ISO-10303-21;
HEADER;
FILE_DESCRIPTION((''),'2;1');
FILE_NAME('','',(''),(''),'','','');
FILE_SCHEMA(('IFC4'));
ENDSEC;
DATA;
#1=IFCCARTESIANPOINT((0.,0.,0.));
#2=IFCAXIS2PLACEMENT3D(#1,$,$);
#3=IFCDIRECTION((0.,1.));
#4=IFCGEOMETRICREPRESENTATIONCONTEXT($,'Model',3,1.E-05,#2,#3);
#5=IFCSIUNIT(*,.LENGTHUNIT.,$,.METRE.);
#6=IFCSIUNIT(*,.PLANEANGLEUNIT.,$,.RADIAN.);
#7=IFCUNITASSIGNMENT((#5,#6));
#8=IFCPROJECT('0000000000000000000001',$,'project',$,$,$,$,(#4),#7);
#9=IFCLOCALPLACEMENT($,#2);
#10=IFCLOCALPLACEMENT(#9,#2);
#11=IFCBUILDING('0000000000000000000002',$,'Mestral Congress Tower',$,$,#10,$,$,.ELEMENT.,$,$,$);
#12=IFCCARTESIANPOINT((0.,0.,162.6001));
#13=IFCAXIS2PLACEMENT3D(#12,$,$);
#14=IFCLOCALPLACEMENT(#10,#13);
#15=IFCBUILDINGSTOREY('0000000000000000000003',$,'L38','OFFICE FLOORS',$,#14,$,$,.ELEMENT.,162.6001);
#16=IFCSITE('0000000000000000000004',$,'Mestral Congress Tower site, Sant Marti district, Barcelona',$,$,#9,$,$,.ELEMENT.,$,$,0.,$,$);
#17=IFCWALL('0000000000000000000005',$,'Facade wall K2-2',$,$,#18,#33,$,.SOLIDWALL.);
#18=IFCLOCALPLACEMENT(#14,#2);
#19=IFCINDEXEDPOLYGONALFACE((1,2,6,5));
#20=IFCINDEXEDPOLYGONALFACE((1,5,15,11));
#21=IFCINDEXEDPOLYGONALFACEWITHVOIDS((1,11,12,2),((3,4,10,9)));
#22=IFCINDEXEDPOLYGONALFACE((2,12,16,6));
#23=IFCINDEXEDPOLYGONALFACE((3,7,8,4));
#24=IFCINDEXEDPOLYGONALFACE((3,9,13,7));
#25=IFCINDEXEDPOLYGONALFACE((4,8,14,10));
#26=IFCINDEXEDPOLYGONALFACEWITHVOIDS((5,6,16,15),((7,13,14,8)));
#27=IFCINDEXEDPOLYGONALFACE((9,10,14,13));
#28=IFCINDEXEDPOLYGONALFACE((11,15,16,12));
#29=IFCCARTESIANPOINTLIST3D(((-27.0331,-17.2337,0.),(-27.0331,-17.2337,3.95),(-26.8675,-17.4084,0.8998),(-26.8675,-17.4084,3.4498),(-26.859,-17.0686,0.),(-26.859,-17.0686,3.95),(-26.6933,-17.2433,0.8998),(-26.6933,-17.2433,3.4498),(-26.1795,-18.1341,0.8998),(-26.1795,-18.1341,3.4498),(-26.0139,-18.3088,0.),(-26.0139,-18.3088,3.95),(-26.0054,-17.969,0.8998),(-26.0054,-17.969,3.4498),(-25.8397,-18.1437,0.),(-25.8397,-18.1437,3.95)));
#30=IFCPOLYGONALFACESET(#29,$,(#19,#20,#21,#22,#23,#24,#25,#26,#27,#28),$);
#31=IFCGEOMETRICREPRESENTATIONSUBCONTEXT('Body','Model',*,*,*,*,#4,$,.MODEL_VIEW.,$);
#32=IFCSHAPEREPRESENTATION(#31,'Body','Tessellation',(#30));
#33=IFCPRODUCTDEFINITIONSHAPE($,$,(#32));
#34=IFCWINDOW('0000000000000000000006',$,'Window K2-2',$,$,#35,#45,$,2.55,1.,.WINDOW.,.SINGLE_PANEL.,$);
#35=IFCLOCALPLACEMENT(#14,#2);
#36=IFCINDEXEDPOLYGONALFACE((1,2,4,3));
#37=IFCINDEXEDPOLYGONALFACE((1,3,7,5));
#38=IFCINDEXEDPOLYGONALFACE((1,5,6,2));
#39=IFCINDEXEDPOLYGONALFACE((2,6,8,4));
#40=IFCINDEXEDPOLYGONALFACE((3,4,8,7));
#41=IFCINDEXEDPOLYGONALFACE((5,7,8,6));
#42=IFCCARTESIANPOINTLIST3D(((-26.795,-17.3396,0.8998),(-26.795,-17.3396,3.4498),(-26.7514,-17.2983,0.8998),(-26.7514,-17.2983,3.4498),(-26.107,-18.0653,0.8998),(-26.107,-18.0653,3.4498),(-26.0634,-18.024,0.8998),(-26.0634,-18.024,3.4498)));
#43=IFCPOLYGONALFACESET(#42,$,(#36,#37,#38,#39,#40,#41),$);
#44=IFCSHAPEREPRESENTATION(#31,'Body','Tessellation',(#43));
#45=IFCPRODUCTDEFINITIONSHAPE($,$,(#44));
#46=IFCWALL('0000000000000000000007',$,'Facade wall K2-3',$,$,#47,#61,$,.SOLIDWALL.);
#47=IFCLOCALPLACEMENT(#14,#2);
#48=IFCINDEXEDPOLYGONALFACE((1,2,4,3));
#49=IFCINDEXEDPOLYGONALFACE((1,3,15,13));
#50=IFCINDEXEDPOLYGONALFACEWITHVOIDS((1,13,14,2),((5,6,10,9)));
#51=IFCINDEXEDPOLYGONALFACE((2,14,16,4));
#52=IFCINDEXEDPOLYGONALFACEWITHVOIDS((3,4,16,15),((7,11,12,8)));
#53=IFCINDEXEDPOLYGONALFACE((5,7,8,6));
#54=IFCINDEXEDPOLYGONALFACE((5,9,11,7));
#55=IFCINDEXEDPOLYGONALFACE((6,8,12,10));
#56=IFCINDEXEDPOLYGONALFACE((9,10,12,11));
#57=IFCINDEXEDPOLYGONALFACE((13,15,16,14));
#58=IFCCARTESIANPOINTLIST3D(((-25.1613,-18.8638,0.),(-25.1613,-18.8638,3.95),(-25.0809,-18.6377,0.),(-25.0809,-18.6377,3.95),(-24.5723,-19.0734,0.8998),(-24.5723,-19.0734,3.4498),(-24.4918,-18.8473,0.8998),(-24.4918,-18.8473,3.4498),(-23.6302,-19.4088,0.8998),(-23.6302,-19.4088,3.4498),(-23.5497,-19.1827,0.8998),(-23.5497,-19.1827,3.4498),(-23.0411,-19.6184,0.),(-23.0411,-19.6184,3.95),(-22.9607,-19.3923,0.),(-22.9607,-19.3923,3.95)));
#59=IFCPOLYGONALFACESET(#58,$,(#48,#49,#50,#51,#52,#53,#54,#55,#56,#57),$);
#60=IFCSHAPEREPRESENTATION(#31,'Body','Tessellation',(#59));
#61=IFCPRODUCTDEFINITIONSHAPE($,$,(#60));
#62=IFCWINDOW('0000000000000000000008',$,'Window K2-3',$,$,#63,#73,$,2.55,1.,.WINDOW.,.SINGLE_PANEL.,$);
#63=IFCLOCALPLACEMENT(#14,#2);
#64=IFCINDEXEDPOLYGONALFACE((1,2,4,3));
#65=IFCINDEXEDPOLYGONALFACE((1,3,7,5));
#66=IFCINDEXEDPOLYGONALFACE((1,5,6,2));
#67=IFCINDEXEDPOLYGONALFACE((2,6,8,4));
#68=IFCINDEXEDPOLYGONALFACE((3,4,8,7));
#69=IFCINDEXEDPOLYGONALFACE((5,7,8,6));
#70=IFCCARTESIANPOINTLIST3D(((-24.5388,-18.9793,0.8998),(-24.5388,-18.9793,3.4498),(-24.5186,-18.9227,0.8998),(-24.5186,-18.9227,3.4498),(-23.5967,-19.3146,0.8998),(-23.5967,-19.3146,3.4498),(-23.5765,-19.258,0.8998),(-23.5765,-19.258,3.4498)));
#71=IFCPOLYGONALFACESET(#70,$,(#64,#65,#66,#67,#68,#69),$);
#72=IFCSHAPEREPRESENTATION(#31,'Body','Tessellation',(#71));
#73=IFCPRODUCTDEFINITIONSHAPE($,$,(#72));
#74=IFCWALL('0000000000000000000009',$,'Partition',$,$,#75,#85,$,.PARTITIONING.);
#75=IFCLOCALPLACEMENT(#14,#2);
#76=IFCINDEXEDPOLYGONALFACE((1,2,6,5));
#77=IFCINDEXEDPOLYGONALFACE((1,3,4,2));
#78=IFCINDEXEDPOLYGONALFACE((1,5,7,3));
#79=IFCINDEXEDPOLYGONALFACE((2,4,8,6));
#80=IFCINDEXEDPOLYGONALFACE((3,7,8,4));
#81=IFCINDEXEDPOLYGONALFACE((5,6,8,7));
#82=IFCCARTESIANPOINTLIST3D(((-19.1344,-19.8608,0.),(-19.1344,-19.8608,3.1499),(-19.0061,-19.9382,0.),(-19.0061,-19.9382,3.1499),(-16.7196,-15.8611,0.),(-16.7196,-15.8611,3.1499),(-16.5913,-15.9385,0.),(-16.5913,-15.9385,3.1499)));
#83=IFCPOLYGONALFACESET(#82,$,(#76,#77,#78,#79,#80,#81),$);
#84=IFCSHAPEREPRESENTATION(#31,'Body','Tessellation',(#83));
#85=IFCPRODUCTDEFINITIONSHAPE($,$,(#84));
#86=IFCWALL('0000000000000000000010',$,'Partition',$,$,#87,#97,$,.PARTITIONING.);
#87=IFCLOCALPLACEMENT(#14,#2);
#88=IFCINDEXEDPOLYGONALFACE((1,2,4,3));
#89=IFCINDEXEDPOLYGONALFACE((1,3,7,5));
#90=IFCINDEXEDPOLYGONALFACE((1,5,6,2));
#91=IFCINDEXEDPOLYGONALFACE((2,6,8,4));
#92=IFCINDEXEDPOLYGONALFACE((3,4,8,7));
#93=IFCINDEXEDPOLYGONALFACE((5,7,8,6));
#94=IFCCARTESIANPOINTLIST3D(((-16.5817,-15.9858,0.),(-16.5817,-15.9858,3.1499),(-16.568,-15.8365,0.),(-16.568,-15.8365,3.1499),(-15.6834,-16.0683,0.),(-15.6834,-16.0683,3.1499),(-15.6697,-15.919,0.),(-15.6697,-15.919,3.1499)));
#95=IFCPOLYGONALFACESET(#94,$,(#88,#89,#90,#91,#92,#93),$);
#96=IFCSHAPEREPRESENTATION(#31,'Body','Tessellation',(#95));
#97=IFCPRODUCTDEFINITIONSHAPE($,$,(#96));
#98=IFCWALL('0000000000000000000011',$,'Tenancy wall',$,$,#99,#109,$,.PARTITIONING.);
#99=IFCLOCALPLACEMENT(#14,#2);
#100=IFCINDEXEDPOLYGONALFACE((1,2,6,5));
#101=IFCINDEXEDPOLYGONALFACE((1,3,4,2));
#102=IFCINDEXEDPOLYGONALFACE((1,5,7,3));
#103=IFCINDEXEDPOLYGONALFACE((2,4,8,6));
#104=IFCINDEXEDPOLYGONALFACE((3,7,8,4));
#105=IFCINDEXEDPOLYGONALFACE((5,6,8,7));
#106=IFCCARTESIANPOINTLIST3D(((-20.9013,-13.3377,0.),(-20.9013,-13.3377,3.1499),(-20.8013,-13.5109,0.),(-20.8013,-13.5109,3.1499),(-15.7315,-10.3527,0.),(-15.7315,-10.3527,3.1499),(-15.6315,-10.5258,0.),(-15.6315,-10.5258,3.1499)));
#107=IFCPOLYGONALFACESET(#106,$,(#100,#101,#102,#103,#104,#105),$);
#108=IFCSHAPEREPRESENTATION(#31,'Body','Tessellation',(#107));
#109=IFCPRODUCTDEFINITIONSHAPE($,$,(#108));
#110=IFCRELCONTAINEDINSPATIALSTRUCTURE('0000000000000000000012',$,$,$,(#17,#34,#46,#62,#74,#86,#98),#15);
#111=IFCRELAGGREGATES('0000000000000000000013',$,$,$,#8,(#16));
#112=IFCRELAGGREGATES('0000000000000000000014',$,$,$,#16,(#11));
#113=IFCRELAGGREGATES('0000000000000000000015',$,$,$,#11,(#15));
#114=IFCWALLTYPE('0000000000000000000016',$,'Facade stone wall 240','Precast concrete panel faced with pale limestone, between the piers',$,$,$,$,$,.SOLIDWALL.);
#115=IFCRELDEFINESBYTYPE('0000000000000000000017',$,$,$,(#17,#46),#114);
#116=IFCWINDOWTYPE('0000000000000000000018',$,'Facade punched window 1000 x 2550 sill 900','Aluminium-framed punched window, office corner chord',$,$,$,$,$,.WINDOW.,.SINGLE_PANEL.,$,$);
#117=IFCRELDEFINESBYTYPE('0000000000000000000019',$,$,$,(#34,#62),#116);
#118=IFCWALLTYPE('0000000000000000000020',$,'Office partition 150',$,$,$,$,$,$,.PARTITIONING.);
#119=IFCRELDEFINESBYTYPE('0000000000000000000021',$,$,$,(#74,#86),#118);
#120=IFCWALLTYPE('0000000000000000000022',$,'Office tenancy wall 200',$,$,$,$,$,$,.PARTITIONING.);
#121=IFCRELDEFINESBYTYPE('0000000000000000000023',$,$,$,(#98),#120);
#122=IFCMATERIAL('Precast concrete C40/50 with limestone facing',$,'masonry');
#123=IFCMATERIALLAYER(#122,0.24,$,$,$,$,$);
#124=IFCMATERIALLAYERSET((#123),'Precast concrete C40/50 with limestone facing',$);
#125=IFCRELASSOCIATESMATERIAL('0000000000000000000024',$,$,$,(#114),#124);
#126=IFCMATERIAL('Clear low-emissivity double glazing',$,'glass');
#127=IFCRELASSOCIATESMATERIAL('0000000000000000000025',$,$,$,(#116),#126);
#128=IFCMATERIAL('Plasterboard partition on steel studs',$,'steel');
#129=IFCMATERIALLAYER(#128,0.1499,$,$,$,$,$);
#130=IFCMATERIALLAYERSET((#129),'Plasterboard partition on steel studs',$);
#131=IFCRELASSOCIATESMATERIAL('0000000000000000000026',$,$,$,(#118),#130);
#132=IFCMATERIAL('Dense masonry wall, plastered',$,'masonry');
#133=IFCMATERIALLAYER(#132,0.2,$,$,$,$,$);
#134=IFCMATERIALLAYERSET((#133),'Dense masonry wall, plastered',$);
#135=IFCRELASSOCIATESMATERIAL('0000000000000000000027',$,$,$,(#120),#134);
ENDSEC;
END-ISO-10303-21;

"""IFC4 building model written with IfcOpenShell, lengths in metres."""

from ifc_helpers import new_model, si_unit, direction, frame, frame_2d, origin, place, context, subcontext, project, spatial, rectangle, extrude, material, layer, layer_set, type_object, element, fill, save


model = new_model("IFC4")

# Units and contexts
model_context = context("Model", 3, precision=1e-05, world=origin(), true_north=direction((0.0, 1.0)))
body_context = subcontext(model_context, "Body", "Model", "MODEL_VIEW")
ifc_project = project(units=[si_unit("LENGTHUNIT", "METRE"), si_unit("PLANEANGLEUNIT", "RADIAN")], contexts=[model_context])

# Site, building, storey
site_placement = place(None, origin())
site = spatial("IfcSite", under=ifc_project, at=site_placement, Name="Mestral Congress Tower site, Sant Marti district, Barcelona", CompositionType="ELEMENT", RefElevation=0.0)
building_placement = place(site_placement, origin())
building = spatial("IfcBuilding", under=site, at=building_placement, Name="Mestral Congress Tower", CompositionType="ELEMENT")
storey_placement = place(building_placement, frame((0.0, 0.0, 162.6001)))
storey = spatial("IfcBuildingStorey", under=building, at=storey_placement, Name="L38", Description="OFFICE FLOORS", CompositionType="ELEMENT", Elevation=162.6001)

# Shared definitions
ifc_material_1 = material(Name="Precast concrete C40/50 with limestone facing", Category="masonry")
ifc_layer_1 = layer(ifc_material_1, 0.24)
ifc_layer_set_1 = layer_set([ifc_layer_1], Name="Precast concrete C40/50 with limestone facing")
wall_type_1 = type_object("IfcWallType", Name="Facade stone wall 240", Description="Precast concrete panel faced with pale limestone, between the piers", PredefinedType="SOLIDWALL", material=ifc_layer_set_1)
ifc_material_2 = material(Name="Clear low-emissivity double glazing", Category="glass")

# Walls, openings, windows
wall_1_placement = place(storey_placement, frame((-26.946, -17.1511, 0.0), z_axis=(0.0, 0.0, 1.0), x_axis=(0.687987, -0.725723, 0.0)))
wall_1 = element("IfcWall", 1, at=wall_1_placement, inside=storey, type_object=wall_type_1, Name="Facade wall K2-2", PredefinedType="SOLIDWALL", context=body_context, shape_type="SweptSolid", body=[
    extrude(rectangle(XDim=1.4814, YDim=0.24, at=frame_2d((0.7407, 0.0))), origin(), (0.0, 0.0, 1.0), 3.95),
])
opening_1_placement = place(wall_1_placement, frame((0.2407, 0.0, 0.8999)))
opening_1 = element("IfcOpeningElement", 2, at=opening_1_placement, cuts=wall_1, PredefinedType="OPENING", context=body_context, shape_type="SweptSolid", body=[
    extrude(rectangle(XDim=1.0, YDim=2.55, at=frame_2d((0.5, 1.2749))), frame((0.0, 0.1299, 0.0), z_axis=(0.0, -1.0, 0.0), x_axis=(1.0, 0.0, 0.0)), (0.0, 0.0, 1.0), 0.26),
])
window_type_1 = type_object("IfcWindowType", Name="Facade punched window 1000 x 2550 sill 900", Description="Aluminium-framed punched window, office corner chord", PartitioningType="SINGLE_PANEL", PredefinedType="WINDOW", material=ifc_material_2)
window_1_placement = place(opening_1_placement, origin())
window_1 = element("IfcWindow", 3, at=window_1_placement, inside=storey, type_object=window_type_1, Name="Window K2-2", OverallHeight=2.55, OverallWidth=1.0, PartitioningType="SINGLE_PANEL", PredefinedType="WINDOW", context=body_context, shape_type="SweptSolid", body=[
    extrude(rectangle(XDim=1.0, YDim=2.55, at=frame_2d((0.5, 1.2749))), frame((0.0, 0.04, 0.0), z_axis=(0.0, -1.0, 0.0), x_axis=(1.0, 0.0, 0.0)), (0.0, 0.0, 1.0), 0.0601),
])
fill(opening_1, window_1)
wall_2_placement = place(storey_placement, frame((-25.1211, -18.7507, 0.0), z_axis=(0.0, 0.0, 1.0), x_axis=(0.9421, -0.335333, 0.0)))
wall_2 = element("IfcWall", 4, at=wall_2_placement, inside=storey, type_object=wall_type_1, Name="Facade wall K2-3", PredefinedType="SOLIDWALL", context=body_context, shape_type="SweptSolid", body=[
    extrude(rectangle(XDim=2.2505, YDim=0.24, at=frame_2d((1.1252, 0.0))), origin(), (0.0, 0.0, 1.0), 3.95),
])
opening_2_placement = place(wall_2_placement, frame((0.6252, 0.0, 0.8999)))
opening_2 = element("IfcOpeningElement", 5, at=opening_2_placement, cuts=wall_2, PredefinedType="OPENING", context=body_context, shape_type="SweptSolid", body=[
    extrude(rectangle(XDim=1.0, YDim=2.55, at=frame_2d((0.5, 1.2749))), frame((0.0, 0.1299, 0.0), z_axis=(0.0, -1.0, 0.0), x_axis=(1.0, 0.0, 0.0)), (0.0, 0.0, 1.0), 0.26),
])
window_2_placement = place(opening_2_placement, origin())
window_2 = element("IfcWindow", 6, at=window_2_placement, inside=storey, type_object=window_type_1, Name="Window K2-3", OverallHeight=2.55, OverallWidth=1.0, PartitioningType="SINGLE_PANEL", PredefinedType="WINDOW", context=body_context, shape_type="SweptSolid", body=[
    extrude(rectangle(XDim=1.0, YDim=2.55, at=frame_2d((0.5, 1.2749))), frame((0.0, 0.04, 0.0), z_axis=(0.0, -1.0, 0.0), x_axis=(1.0, 0.0, 0.0)), (0.0, 0.0, 1.0), 0.0601),
])
fill(opening_2, window_2)

# Walls
ifc_material_3 = material(Name="Plasterboard partition on steel studs", Category="steel")
ifc_layer_2 = layer(ifc_material_3, 0.1499)
ifc_layer_set_2 = layer_set([ifc_layer_2], Name="Plasterboard partition on steel studs")
wall_type_2 = type_object("IfcWallType", Name="Office partition 150", PredefinedType="PARTITIONING", material=ifc_layer_set_2)
wall_3_placement = place(storey_placement, frame((-16.6555, -15.8999, 0.0), z_axis=(0.0, 0.0, 1.0), x_axis=(-0.516845, -0.856079, 0.0)))
element("IfcWall", 7, at=wall_3_placement, inside=storey, type_object=wall_type_2, Name="Partition", PredefinedType="PARTITIONING", context=body_context, shape_type="SweptSolid", body=[
    extrude(rectangle(XDim=4.6721, YDim=0.1499, at=frame_2d((2.3359, 0.0))), origin(), (0.0, 0.0, 1.0), 3.1499),
])
wall_4_placement = place(storey_placement, frame((-16.575, -15.9111, 0.0), z_axis=(0.0, 0.0, 1.0), x_axis=(0.995808, -0.091463, 0.0)))
element("IfcWall", 8, at=wall_4_placement, inside=storey, type_object=wall_type_2, Name="Partition", PredefinedType="PARTITIONING", context=body_context, shape_type="SweptSolid", body=[
    extrude(rectangle(XDim=0.9021, YDim=0.1499, at=frame_2d((0.4512, 0.0))), origin(), (0.0, 0.0, 1.0), 3.1499),
])
ifc_material_4 = material(Name="Dense masonry wall, plastered", Category="masonry")
ifc_layer_3 = layer(ifc_material_4, 0.2)
ifc_layer_set_3 = layer_set([ifc_layer_3], Name="Dense masonry wall, plastered")
wall_type_3 = type_object("IfcWallType", Name="Office tenancy wall 200", PredefinedType="PARTITIONING", material=ifc_layer_set_3)
wall_5_placement = place(storey_placement, frame((-20.8513, -13.4243, 0.0), z_axis=(0.0, 0.0, 1.0), x_axis=(0.866007, 0.500032, 0.0)))
element("IfcWall", 9, at=wall_5_placement, inside=storey, type_object=wall_type_3, Name="Tenancy wall", PredefinedType="PARTITIONING", context=body_context, shape_type="SweptSolid", body=[
    extrude(rectangle(XDim=5.9697, YDim=0.2, at=frame_2d((2.9849, 0.0))), origin(), (0.0, 0.0, 1.0), 3.1499),
])

save(model, "model.ifc")
